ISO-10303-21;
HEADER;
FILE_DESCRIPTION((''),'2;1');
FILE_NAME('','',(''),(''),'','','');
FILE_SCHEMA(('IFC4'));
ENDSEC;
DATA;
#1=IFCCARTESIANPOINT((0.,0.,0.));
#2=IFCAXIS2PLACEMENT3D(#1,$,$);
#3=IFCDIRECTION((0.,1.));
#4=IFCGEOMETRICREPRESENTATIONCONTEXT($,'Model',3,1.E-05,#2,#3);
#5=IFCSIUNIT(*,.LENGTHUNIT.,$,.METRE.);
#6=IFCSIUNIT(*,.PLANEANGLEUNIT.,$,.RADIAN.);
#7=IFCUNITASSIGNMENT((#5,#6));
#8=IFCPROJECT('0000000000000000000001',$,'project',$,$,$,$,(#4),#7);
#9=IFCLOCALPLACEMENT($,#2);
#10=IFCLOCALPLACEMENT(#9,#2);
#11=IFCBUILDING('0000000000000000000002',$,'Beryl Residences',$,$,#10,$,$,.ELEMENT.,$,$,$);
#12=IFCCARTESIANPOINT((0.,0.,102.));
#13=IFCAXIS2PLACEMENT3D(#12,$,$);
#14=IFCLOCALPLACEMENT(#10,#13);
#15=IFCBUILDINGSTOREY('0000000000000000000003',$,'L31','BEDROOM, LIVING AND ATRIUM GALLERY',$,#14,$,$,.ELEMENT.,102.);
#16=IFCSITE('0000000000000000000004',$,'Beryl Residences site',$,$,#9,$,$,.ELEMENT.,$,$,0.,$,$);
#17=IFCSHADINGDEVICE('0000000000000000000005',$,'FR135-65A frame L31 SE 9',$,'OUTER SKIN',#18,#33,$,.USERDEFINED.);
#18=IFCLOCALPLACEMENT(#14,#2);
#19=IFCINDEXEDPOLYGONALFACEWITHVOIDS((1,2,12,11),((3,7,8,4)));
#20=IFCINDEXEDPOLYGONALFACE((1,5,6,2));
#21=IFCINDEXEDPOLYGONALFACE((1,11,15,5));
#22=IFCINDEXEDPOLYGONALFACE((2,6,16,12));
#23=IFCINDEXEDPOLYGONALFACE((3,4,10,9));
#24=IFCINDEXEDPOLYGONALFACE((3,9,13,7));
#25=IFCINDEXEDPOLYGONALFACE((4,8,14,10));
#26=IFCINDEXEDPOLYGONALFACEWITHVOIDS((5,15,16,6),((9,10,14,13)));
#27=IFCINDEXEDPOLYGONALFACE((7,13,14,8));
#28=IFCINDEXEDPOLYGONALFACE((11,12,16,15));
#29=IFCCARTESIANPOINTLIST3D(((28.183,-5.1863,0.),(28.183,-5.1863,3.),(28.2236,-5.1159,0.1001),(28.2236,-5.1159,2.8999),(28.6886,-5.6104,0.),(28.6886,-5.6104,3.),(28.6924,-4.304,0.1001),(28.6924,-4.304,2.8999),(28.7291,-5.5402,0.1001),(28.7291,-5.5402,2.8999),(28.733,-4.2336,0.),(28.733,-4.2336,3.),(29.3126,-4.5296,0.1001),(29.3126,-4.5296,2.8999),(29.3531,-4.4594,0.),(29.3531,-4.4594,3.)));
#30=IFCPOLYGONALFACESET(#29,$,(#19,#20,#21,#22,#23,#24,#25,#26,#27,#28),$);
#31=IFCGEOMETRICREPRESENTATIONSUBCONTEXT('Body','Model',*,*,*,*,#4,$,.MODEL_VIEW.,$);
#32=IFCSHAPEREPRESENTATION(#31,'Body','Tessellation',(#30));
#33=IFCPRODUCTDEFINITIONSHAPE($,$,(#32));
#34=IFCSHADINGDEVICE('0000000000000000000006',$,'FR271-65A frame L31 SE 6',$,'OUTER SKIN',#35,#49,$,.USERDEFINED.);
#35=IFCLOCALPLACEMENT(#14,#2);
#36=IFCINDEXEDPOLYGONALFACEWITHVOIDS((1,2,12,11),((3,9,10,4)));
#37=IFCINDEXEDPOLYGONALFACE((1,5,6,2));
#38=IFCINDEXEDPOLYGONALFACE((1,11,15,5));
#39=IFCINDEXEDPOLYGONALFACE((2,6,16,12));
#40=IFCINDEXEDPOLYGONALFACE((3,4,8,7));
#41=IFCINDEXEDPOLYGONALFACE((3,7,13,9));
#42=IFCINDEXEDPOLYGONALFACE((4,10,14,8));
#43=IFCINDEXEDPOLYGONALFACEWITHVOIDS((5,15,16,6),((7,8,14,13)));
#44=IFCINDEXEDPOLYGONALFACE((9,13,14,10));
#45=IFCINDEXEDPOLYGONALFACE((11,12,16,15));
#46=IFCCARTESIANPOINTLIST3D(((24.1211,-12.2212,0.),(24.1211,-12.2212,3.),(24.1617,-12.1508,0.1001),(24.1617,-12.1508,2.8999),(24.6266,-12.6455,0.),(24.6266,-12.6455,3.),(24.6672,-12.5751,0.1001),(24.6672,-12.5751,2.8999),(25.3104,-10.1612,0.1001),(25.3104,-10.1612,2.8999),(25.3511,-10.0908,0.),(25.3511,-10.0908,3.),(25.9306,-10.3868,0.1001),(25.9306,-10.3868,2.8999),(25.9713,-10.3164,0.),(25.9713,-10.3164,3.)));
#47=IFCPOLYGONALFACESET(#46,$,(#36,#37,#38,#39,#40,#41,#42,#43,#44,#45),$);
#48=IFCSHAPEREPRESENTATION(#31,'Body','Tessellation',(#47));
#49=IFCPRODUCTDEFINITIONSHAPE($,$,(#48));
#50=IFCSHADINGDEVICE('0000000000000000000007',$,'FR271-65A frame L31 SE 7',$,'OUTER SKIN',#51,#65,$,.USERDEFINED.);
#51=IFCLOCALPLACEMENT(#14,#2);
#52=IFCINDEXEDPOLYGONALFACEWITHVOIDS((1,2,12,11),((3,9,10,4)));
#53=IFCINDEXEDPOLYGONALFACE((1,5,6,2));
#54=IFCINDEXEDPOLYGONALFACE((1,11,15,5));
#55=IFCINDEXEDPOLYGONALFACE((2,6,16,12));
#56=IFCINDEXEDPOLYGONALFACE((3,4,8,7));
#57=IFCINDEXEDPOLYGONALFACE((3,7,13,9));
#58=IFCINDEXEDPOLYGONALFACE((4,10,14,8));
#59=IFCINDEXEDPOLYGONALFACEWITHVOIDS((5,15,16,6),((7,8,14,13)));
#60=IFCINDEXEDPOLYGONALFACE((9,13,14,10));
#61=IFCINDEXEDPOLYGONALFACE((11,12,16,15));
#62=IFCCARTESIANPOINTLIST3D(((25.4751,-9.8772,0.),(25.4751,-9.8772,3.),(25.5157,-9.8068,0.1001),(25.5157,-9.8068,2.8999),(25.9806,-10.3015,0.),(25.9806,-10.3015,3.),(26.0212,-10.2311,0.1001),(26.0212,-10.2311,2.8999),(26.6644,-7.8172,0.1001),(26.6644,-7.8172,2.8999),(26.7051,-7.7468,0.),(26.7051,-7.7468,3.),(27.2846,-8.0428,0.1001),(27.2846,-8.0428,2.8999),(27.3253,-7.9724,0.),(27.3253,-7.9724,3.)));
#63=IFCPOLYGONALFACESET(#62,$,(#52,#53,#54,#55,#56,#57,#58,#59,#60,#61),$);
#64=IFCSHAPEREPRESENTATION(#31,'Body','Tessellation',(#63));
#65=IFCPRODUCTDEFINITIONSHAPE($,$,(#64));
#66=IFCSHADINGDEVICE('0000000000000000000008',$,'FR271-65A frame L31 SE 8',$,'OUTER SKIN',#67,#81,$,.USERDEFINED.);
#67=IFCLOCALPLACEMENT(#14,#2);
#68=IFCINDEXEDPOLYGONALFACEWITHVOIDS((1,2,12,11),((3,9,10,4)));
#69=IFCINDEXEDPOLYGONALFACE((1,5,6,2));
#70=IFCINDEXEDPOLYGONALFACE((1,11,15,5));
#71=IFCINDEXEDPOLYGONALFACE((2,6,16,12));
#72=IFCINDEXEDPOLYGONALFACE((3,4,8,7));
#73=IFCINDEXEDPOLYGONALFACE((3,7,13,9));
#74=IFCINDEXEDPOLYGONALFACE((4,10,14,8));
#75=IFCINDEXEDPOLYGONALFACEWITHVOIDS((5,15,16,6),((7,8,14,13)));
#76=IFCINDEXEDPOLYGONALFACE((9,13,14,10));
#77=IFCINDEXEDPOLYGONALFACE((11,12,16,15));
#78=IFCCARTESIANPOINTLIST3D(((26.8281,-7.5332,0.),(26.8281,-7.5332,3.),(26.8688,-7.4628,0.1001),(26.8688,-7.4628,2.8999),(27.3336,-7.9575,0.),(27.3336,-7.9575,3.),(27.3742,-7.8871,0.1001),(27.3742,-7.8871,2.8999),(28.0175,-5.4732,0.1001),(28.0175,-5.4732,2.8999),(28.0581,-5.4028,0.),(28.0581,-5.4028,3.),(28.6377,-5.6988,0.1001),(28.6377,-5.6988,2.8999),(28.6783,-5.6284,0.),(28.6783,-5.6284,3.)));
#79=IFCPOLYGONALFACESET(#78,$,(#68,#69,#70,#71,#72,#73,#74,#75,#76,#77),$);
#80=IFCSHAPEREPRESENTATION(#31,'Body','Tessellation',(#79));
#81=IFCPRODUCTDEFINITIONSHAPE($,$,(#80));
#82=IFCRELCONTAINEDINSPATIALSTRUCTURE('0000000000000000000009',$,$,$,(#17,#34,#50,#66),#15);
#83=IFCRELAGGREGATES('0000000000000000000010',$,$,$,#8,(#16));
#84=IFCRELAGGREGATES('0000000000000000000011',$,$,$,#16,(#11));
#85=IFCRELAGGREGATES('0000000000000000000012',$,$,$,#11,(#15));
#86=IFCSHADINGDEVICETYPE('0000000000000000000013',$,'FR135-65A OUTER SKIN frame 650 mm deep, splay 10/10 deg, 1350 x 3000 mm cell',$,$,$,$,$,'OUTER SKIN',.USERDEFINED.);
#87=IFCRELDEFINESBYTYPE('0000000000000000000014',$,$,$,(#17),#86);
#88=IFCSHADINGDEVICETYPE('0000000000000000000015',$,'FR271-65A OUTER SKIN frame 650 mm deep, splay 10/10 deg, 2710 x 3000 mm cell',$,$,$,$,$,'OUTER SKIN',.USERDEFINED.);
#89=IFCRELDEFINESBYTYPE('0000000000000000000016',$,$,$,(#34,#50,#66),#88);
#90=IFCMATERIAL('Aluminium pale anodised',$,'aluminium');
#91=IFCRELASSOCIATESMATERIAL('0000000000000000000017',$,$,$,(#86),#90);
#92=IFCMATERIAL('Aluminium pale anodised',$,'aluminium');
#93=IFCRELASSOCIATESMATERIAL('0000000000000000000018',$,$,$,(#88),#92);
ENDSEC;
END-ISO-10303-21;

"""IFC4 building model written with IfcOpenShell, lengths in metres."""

from ifc_helpers import new_model, entity, si_unit, direction, frame, origin, place, context, subcontext, project, spatial, source, transform, mapped, material, type_object, type_shapes, element, save


model = new_model("IFC4")

# Units and contexts
model_context = context("Model", 3, precision=1e-05, world=origin(), true_north=direction((0.0, 1.0)))
body_context = subcontext(model_context, "Body", "Model", "MODEL_VIEW")
ifc_project = project(units=[si_unit("LENGTHUNIT", "METRE"), si_unit("PLANEANGLEUNIT", "RADIAN")], contexts=[model_context])

# Site, building, storey
site_placement = place(None, origin())
site = spatial("IfcSite", under=ifc_project, at=site_placement, Name="Beryl Residences site", CompositionType="ELEMENT", RefElevation=0.0)
building_placement = place(site_placement, origin())
building = spatial("IfcBuilding", under=site, at=building_placement, Name="Beryl Residences", CompositionType="ELEMENT")
storey_placement = place(building_placement, frame((0.0, 0.0, 102.0)))
storey = spatial("IfcBuildingStorey", under=building, at=storey_placement, Name="L31", Description="BEDROOM, LIVING AND ATRIUM GALLERY", CompositionType="ELEMENT", Elevation=102.0)

# Shading devices
ifc_material_1 = material(Name="Aluminium pale anodised", Category="aluminium")
shading_device_type_1 = type_object("IfcShadingDeviceType", Name="FR135-65A OUTER SKIN frame 650 mm deep, splay 10/10 deg, 1350 x 3000 mm cell", ElementType="OUTER SKIN", PredefinedType="USERDEFINED", material=ifc_material_1)
cartesian_point_1 = entity("IfcCartesianPoint", [-0.55, 0.0])
cartesian_point_2 = entity("IfcCartesianPoint", [-0.4688, 0.1001])
cartesian_point_3 = entity("IfcCartesianPoint", [-0.6646, 0.0])
cartesian_point_4 = entity("IfcCartesianPoint", [-0.5835, 0.1001])
shared_shape_1 = source(origin(), body_context, "Body", "SweptSolid", [
    entity("IfcExtrudedAreaSolidTapered", entity("IfcArbitraryProfileDefWithVoids", "AREA", None, entity("IfcPolyline", [cartesian_point_1, entity("IfcCartesianPoint", [0.55, 0.0]), entity("IfcCartesianPoint", [0.55, 3.0]), entity("IfcCartesianPoint", [-0.55, 3.0]), cartesian_point_1]), [entity("IfcPolyline", [cartesian_point_2, entity("IfcCartesianPoint", [0.4688, 0.1001]), entity("IfcCartesianPoint", [0.4688, 2.8999]), entity("IfcCartesianPoint", [-0.4688, 2.8999]), cartesian_point_2])]), entity("IfcAxis2Placement3D", entity("IfcCartesianPoint", [0.0, 0.0, 0.0]), entity("IfcDirection", [0.0, 1.0, 0.0]), entity("IfcDirection", [-1.0, 0.0, 0.0])), entity("IfcDirection", [0.0, 0.0, 1.0]), 0.6499, entity("IfcArbitraryProfileDefWithVoids", "AREA", None, entity("IfcPolyline", [cartesian_point_3, entity("IfcCartesianPoint", [0.6646, 0.0]), entity("IfcCartesianPoint", [0.6646, 3.0]), entity("IfcCartesianPoint", [-0.6646, 3.0]), cartesian_point_3]), [entity("IfcPolyline", [cartesian_point_4, entity("IfcCartesianPoint", [0.5835, 0.1001]), entity("IfcCartesianPoint", [0.5835, 2.8999]), entity("IfcCartesianPoint", [-0.5835, 2.8999]), cartesian_point_4])])),
])
type_shapes(shading_device_type_1, [shared_shape_1])
shading_device_placement = place(storey_placement, frame((28.458, -4.71, 0.0), z_axis=(0.0, 0.0, 1.0), x_axis=(-0.5, -0.866025, 0.0)))
element("IfcShadingDevice", 1, at=shading_device_placement, inside=storey, type_object=shading_device_type_1, Name="FR135-65A frame L31 SE 9", ObjectType="OUTER SKIN", PredefinedType="USERDEFINED", context=body_context, shape_type="MappedRepresentation", body=[
    mapped(shared_shape_1, transform((0.0, 0.0, 0.0))),
])
ifc_material_2 = material(Name="Aluminium pale anodised", Category="aluminium")
shading_device_type_2 = type_object("IfcShadingDeviceType", Name="FR271-65A OUTER SKIN frame 650 mm deep, splay 10/10 deg, 2710 x 3000 mm cell", ElementType="OUTER SKIN", PredefinedType="USERDEFINED", material=ifc_material_2)
cartesian_point_5 = entity("IfcCartesianPoint", [-1.23, 0.0])
cartesian_point_6 = entity("IfcCartesianPoint", [-1.1487, 0.1001])
cartesian_point_7 = entity("IfcCartesianPoint", [-1.3447, 0.0])
cartesian_point_8 = entity("IfcCartesianPoint", [-1.2634, 0.1001])
shared_shape_2 = source(origin(), body_context, "Body", "SweptSolid", [
    entity("IfcExtrudedAreaSolidTapered", entity("IfcArbitraryProfileDefWithVoids", "AREA", None, entity("IfcPolyline", [cartesian_point_5, entity("IfcCartesianPoint", [1.23, 0.0]), entity("IfcCartesianPoint", [1.23, 3.0]), entity("IfcCartesianPoint", [-1.23, 3.0]), cartesian_point_5]), [entity("IfcPolyline", [cartesian_point_6, entity("IfcCartesianPoint", [1.1487, 0.1001]), entity("IfcCartesianPoint", [1.1487, 2.8999]), entity("IfcCartesianPoint", [-1.1487, 2.8999]), cartesian_point_6])]), entity("IfcAxis2Placement3D", entity("IfcCartesianPoint", [0.0, 0.0, 0.0]), entity("IfcDirection", [0.0, 1.0, 0.0]), entity("IfcDirection", [-1.0, 0.0, 0.0])), entity("IfcDirection", [0.0, 0.0, 1.0]), 0.6499, entity("IfcArbitraryProfileDefWithVoids", "AREA", None, entity("IfcPolyline", [cartesian_point_7, entity("IfcCartesianPoint", [1.3447, 0.0]), entity("IfcCartesianPoint", [1.3447, 3.0]), entity("IfcCartesianPoint", [-1.3447, 3.0]), cartesian_point_7]), [entity("IfcPolyline", [cartesian_point_8, entity("IfcCartesianPoint", [1.2634, 0.1001]), entity("IfcCartesianPoint", [1.2634, 2.8999]), entity("IfcCartesianPoint", [-1.2634, 2.8999]), cartesian_point_8])])),
])
type_shapes(shading_device_type_2, [shared_shape_2])
for number, where, z_axis, x_axis, name in (
    (2, (24.7361, -11.156, 0.0), (0.0, 0.0, 1.0), (-0.5, -0.866025, 0.0), "FR271-65A frame L31 SE 6"),
    (3, (26.0901, -8.812, 0.0), (0.0, 0.0, 1.0), (-0.5, -0.866025, 0.0), "FR271-65A frame L31 SE 7"),
    (4, (27.4431, -6.468, 0.0), (0.0, 0.0, 1.0), (-0.5, -0.866025, 0.0), "FR271-65A frame L31 SE 8"),
):
    element("IfcShadingDevice", number, at=place(storey_placement, frame(where, z_axis=z_axis, x_axis=x_axis)), inside=storey, type_object=shading_device_type_2, Name=name, ObjectType="OUTER SKIN", PredefinedType="USERDEFINED", context=body_context, shape_type="MappedRepresentation", body=[
        mapped(shared_shape_2, transform((0.0, 0.0, 0.0))),
    ])

save(model, "model.ifc")
